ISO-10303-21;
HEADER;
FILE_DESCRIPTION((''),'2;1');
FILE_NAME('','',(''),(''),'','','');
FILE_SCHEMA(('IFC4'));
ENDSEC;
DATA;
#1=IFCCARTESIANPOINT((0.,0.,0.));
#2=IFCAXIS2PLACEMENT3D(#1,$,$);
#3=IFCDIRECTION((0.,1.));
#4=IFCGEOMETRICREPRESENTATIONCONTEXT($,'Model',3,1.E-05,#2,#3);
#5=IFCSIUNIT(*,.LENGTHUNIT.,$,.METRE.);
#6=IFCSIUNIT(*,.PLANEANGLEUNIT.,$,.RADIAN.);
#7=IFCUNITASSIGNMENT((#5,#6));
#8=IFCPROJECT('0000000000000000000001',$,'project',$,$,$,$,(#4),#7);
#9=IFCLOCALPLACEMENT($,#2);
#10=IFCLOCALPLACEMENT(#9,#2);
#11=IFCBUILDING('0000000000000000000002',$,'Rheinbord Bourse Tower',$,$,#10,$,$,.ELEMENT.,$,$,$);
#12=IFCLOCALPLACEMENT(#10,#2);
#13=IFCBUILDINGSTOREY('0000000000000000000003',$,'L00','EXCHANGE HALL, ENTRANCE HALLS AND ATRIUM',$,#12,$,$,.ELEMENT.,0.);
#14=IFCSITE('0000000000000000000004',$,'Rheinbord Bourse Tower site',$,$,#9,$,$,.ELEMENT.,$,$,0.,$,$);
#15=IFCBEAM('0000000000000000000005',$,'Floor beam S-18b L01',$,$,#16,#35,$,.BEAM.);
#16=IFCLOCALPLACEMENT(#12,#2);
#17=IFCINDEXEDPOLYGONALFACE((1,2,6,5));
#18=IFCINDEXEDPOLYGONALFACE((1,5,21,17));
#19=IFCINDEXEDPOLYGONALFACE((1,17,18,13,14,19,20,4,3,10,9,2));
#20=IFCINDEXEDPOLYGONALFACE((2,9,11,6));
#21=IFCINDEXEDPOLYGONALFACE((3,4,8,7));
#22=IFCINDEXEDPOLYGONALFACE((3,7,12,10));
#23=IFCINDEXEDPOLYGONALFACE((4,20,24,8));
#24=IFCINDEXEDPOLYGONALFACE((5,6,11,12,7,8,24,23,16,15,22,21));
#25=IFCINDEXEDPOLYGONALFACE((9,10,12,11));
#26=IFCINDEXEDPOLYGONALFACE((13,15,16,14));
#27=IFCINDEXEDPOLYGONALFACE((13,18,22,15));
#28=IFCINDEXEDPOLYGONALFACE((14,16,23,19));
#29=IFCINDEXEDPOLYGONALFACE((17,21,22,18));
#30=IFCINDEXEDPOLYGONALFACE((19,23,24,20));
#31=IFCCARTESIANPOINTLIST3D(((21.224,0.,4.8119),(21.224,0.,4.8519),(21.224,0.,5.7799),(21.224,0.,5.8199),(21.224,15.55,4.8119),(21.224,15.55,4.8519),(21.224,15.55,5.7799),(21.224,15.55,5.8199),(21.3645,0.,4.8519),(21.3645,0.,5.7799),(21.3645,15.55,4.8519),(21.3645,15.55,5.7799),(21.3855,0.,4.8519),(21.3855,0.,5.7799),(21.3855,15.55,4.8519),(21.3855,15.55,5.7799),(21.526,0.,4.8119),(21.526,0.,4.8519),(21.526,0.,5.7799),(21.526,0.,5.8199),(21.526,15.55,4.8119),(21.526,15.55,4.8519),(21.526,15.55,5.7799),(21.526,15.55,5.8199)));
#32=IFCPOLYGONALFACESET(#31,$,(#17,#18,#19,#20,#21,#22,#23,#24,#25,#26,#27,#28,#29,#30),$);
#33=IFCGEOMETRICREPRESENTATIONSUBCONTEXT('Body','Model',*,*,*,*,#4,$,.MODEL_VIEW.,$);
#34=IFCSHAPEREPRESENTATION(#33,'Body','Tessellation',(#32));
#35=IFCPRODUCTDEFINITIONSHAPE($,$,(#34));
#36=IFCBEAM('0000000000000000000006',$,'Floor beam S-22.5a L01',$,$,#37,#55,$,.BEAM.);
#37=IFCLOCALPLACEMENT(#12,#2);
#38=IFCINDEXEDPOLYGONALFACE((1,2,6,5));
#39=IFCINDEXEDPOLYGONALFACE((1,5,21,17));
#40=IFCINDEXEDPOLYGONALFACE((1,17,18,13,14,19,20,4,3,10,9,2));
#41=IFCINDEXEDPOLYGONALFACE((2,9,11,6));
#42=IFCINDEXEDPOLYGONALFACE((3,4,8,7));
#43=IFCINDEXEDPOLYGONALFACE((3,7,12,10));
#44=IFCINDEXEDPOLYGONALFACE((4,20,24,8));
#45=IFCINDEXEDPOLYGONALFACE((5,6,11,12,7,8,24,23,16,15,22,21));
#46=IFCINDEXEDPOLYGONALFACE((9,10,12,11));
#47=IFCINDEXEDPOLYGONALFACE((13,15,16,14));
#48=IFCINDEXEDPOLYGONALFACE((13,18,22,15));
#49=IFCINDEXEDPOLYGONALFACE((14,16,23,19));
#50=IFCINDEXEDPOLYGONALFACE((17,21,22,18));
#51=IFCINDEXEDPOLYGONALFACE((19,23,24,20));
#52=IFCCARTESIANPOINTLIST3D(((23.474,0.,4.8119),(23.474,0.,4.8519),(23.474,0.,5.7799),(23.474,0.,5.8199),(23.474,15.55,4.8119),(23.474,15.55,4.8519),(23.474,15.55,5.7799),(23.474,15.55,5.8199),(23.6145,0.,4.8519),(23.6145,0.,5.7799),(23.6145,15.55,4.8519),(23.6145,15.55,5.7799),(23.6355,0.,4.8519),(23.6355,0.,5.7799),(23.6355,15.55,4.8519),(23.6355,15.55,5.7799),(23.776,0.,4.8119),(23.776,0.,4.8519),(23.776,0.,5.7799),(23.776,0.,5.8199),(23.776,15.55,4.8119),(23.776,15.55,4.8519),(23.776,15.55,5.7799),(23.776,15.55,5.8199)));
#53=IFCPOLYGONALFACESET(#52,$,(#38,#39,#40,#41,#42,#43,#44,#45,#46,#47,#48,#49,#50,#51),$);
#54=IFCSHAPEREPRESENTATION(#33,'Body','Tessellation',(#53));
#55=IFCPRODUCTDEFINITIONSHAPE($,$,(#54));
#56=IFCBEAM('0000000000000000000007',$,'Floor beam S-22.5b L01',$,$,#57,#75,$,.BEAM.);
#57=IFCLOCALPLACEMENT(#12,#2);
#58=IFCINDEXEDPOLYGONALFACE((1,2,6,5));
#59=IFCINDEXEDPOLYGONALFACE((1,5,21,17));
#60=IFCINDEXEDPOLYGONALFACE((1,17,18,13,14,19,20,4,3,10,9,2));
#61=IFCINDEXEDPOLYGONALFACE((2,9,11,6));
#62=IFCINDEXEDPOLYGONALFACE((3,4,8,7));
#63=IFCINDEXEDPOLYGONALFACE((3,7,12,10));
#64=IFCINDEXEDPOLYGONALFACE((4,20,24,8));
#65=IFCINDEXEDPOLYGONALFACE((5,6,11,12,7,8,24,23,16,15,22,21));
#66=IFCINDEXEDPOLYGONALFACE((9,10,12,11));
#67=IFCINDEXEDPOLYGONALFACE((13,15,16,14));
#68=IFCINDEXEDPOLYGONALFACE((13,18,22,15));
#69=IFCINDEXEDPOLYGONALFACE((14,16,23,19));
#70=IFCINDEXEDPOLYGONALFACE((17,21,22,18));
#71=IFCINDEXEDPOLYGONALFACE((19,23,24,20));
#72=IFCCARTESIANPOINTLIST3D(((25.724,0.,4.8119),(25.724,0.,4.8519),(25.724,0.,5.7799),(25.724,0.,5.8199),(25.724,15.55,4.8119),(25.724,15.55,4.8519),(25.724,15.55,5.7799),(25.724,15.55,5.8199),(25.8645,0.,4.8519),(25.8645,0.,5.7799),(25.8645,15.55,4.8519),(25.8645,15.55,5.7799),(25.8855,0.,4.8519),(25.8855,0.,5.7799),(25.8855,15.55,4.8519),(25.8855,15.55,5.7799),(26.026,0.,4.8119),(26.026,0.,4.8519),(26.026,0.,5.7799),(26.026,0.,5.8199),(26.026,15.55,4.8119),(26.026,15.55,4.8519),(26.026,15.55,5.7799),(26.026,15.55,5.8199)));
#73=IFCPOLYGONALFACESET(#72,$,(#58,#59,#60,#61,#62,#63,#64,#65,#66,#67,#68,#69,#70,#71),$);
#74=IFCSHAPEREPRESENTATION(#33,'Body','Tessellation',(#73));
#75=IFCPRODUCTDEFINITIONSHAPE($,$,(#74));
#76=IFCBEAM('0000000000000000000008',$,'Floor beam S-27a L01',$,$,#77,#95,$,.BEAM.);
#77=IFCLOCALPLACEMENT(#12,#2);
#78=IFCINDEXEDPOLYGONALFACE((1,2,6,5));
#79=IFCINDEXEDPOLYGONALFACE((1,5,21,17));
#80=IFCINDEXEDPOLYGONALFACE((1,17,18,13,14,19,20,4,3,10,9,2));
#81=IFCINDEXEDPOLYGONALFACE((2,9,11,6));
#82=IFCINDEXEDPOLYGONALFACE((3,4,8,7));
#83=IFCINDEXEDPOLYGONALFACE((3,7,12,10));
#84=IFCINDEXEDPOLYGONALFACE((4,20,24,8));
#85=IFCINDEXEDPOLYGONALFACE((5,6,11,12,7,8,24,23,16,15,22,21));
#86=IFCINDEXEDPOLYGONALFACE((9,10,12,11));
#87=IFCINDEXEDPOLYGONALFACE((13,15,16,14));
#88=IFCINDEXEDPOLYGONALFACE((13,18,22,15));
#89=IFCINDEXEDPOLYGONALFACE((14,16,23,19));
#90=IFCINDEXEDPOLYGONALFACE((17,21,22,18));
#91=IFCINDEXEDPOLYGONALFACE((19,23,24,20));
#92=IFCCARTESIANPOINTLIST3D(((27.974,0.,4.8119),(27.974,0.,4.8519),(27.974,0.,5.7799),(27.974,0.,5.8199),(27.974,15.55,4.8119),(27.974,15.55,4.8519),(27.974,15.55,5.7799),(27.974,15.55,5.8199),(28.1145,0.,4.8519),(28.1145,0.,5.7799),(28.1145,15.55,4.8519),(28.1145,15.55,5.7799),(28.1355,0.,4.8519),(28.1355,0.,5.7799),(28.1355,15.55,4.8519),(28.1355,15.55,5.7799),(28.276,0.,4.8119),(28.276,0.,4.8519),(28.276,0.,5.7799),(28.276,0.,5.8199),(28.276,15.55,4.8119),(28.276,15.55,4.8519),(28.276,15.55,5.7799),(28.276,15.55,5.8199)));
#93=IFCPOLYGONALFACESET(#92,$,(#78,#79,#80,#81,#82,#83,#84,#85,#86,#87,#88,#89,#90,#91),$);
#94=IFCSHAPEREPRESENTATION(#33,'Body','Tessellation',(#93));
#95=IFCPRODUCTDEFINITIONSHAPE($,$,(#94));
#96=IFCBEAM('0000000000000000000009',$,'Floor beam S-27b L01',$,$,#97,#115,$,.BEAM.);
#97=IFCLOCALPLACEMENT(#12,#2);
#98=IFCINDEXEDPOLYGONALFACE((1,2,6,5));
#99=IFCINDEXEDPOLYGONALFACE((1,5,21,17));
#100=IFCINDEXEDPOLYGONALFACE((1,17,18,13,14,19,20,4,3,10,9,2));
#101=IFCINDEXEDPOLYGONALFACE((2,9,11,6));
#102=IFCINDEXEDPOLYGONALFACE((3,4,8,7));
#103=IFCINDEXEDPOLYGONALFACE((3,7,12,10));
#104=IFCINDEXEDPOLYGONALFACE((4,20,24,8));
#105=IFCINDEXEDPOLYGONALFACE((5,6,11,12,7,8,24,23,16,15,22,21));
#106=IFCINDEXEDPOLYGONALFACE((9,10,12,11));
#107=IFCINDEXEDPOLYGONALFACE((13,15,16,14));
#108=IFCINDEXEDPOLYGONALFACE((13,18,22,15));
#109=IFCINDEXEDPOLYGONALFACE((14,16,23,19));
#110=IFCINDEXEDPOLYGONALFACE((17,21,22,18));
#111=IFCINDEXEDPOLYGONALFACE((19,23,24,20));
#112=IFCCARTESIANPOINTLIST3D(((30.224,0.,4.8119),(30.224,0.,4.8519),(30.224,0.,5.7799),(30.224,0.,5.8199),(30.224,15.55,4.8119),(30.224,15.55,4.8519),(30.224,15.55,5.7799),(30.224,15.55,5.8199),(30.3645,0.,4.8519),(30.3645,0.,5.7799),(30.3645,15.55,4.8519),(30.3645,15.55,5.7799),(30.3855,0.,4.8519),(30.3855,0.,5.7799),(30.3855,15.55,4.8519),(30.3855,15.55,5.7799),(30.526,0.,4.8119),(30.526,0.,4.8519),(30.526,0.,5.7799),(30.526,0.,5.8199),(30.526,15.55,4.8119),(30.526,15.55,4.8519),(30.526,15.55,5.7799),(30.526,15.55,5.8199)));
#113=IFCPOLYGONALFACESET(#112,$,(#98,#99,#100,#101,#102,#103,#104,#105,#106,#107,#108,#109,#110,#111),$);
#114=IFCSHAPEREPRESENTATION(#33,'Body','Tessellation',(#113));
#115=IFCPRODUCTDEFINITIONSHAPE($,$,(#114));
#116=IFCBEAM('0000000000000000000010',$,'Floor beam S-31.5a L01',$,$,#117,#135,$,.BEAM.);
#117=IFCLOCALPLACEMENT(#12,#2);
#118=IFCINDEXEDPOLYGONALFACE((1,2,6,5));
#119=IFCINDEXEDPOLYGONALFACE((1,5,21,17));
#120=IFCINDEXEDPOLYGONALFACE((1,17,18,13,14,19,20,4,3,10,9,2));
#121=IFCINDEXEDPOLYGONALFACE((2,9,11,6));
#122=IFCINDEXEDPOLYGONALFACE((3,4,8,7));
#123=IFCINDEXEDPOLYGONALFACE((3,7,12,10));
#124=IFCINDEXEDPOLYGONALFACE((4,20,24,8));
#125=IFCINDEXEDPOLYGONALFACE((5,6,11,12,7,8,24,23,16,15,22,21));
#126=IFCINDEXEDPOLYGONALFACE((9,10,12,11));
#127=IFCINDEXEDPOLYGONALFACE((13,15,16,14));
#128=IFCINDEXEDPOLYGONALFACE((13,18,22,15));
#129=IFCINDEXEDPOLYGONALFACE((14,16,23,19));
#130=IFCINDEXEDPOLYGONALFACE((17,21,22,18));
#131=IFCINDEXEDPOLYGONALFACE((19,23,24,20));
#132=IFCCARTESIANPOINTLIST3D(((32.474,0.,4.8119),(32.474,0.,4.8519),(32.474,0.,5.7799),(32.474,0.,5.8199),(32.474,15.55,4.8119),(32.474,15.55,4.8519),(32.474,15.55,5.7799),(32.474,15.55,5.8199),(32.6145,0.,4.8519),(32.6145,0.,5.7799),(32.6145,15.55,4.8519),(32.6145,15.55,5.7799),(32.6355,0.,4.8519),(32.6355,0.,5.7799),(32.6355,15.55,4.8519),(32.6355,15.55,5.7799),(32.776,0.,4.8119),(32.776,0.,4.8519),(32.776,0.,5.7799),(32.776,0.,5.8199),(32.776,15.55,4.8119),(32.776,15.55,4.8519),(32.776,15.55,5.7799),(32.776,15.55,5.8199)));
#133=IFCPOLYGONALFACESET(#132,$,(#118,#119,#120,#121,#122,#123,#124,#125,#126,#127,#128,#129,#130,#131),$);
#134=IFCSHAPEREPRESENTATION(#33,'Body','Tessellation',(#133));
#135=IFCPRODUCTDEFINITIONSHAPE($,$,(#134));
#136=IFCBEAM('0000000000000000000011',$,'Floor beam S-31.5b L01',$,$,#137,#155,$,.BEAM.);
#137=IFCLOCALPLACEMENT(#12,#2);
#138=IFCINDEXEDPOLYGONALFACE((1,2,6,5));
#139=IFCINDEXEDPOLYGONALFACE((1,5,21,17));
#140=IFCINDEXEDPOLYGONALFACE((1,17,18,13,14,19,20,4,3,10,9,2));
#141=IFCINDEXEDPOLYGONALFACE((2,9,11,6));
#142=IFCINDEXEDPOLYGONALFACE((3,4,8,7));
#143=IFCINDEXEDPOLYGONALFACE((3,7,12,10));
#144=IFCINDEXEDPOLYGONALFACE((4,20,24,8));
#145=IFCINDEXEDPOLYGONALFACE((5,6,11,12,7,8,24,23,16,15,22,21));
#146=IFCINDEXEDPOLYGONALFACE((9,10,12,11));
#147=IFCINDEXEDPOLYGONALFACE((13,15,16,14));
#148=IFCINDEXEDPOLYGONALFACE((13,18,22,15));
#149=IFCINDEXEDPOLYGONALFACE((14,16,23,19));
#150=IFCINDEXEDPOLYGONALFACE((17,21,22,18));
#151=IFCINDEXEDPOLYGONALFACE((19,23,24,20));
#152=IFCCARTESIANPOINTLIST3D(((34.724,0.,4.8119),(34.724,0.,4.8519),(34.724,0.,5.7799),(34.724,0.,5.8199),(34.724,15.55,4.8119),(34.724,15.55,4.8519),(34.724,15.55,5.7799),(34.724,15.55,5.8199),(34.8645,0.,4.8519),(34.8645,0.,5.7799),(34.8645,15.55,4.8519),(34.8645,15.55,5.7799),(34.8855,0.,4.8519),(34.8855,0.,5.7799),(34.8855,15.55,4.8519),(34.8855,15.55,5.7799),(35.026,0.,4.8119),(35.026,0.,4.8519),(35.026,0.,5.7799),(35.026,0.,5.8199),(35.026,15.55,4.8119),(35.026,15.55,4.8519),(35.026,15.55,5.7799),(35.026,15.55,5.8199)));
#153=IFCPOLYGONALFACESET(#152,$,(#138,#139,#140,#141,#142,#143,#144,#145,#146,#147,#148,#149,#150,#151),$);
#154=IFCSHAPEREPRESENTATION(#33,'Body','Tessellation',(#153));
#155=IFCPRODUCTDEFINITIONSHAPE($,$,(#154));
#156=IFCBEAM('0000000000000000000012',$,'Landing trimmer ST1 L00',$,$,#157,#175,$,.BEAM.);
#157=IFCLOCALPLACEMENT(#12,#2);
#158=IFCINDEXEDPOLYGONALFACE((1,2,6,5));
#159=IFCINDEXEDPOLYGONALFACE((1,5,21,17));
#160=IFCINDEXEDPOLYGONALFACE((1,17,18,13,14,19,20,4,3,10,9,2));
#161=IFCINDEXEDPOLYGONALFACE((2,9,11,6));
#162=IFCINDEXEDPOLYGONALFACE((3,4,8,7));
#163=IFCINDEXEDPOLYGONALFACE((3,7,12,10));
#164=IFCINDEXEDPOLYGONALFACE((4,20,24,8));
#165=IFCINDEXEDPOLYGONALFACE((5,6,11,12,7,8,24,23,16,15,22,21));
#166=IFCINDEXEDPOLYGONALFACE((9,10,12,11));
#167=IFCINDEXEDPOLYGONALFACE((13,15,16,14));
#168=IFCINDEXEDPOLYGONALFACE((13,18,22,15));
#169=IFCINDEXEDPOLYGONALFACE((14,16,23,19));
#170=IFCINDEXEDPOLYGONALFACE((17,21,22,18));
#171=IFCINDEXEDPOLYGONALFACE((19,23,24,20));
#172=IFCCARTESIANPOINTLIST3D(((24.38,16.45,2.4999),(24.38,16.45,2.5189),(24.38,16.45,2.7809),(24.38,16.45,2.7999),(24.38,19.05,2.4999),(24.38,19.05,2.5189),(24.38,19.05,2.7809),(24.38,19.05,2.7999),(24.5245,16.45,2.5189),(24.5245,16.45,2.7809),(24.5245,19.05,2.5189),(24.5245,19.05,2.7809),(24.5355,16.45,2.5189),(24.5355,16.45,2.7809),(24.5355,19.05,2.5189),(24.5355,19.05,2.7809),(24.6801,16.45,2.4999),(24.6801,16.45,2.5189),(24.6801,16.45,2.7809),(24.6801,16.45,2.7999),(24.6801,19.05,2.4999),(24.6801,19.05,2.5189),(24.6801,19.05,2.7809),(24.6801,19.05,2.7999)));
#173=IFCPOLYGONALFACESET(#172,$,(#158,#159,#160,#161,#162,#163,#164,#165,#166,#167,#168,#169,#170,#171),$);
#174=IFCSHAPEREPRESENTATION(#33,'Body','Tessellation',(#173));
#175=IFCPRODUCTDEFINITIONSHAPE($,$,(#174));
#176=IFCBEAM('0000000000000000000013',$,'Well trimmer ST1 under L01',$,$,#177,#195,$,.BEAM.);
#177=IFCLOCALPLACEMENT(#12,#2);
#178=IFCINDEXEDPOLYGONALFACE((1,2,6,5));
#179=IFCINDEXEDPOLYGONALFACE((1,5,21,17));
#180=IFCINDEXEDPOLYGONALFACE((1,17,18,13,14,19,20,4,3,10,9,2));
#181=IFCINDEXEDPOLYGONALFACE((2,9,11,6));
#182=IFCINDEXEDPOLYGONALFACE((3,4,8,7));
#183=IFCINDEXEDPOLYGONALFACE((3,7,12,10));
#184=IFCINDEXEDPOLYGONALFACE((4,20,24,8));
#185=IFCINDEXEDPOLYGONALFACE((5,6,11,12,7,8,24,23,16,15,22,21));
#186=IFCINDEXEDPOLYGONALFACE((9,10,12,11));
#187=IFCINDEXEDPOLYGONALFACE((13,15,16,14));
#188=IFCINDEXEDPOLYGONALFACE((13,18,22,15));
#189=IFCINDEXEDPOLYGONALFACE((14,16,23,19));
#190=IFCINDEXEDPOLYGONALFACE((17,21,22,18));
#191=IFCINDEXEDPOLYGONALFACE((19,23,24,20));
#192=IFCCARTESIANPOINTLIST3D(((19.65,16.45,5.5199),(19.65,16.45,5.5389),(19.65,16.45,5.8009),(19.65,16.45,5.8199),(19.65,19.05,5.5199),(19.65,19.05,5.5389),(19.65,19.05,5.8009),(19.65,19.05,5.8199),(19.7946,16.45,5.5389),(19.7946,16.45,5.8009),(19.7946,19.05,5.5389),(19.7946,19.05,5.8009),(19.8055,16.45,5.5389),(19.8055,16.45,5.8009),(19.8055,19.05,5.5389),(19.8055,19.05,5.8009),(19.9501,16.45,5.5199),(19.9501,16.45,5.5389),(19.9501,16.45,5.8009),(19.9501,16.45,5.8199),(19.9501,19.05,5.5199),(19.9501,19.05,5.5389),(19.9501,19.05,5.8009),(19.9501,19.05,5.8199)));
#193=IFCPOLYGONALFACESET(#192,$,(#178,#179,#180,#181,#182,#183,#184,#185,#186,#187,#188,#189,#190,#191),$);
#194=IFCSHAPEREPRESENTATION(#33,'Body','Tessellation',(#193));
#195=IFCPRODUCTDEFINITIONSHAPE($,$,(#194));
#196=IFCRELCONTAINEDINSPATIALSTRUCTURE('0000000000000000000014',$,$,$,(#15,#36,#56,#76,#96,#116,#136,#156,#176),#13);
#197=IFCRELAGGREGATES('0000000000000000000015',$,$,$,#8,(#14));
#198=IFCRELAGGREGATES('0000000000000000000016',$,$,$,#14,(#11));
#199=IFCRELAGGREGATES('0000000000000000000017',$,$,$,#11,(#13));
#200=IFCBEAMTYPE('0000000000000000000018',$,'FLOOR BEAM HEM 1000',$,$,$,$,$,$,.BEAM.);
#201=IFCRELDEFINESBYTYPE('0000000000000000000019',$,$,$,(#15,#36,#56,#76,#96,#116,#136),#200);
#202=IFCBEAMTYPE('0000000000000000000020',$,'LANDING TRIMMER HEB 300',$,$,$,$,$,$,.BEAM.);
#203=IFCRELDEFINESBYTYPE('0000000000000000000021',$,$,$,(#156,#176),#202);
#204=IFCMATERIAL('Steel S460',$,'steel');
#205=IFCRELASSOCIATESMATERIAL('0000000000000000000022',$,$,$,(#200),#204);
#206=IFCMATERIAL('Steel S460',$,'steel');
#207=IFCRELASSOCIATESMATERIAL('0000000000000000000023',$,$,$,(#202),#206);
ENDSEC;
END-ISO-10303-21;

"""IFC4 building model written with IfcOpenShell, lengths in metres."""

from ifc_helpers import new_model, si_unit, direction, frame, origin, origin_2d, place, context, subcontext, project, spatial, i_section, extrude, material, material_profile, profile_set, type_object, element, save


model = new_model("IFC4")

# Units and contexts
model_context = context("Model", 3, precision=1e-05, world=origin(), true_north=direction((0.0, 1.0)))
body_context = subcontext(model_context, "Body", "Model", "MODEL_VIEW")
ifc_project = project(units=[si_unit("LENGTHUNIT", "METRE"), si_unit("PLANEANGLEUNIT", "RADIAN")], contexts=[model_context])

# Site, building, storey
site_placement = place(None, origin())
site = spatial("IfcSite", under=ifc_project, at=site_placement, Name="Rheinbord Bourse Tower site", CompositionType="ELEMENT", RefElevation=0.0)
building_placement = place(site_placement, origin())
building = spatial("IfcBuilding", under=site, at=building_placement, Name="Rheinbord Bourse Tower", CompositionType="ELEMENT")
storey_placement = place(building_placement, origin())
storey = spatial("IfcBuildingStorey", under=building, at=storey_placement, Name="L00", Description="EXCHANGE HALL, ENTRANCE HALLS AND ATRIUM", CompositionType="ELEMENT", Elevation=0.0)

# Beams
ifc_material_1 = material(Name="Steel S460", Category="steel")
ifc_material_profile_1 = material_profile(ifc_material_1, i_section(OverallWidth=0.302, OverallDepth=1.0081, WebThickness=0.021, FlangeThickness=0.04, at=origin_2d()), Name="HEM 1000")
ifc_profile_set_1 = profile_set([ifc_material_profile_1], Name="Steel S460")
beam_type_1 = type_object("IfcBeamType", Name="FLOOR BEAM HEM 1000", PredefinedType="BEAM", material=ifc_profile_set_1)
for number, where, z_axis, x_axis, name in (
    (1, (21.375, 0.0, 5.3159), (0.0, 1.0, 0.0), (-1.0, 0.0, 0.0), "Floor beam S-18b L01"),
    (2, (23.625, 0.0, 5.3159), (0.0, 1.0, 0.0), (-1.0, 0.0, 0.0), "Floor beam S-22.5a L01"),
    (3, (25.875, 0.0, 5.3159), (0.0, 1.0, 0.0), (-1.0, 0.0, 0.0), "Floor beam S-22.5b L01"),
    (4, (28.125, 0.0, 5.3159), (0.0, 1.0, 0.0), (-1.0, 0.0, 0.0), "Floor beam S-27a L01"),
    (5, (30.375, 0.0, 5.3159), (0.0, 1.0, 0.0), (-1.0, 0.0, 0.0), "Floor beam S-27b L01"),
    (6, (32.625, 0.0, 5.3159), (0.0, 1.0, 0.0), (-1.0, 0.0, 0.0), "Floor beam S-31.5a L01"),
    (7, (34.875, 0.0, 5.3159), (0.0, 1.0, 0.0), (-1.0, 0.0, 0.0), "Floor beam S-31.5b L01"),
):
    element("IfcBeam", number, at=place(storey_placement, frame(where, z_axis=z_axis, x_axis=x_axis)), inside=storey, type_object=beam_type_1, Name=name, PredefinedType="BEAM", context=body_context, shape_type="SweptSolid", body=[
        extrude(i_section(OverallWidth=0.302, OverallDepth=1.0081, WebThickness=0.021, FlangeThickness=0.04, at=origin_2d()), origin(), (0.0, 0.0, 1.0), 15.55),
    ])
ifc_material_2 = material(Name="Steel S460", Category="steel")
ifc_material_profile_2 = material_profile(ifc_material_2, i_section(OverallWidth=0.3, OverallDepth=0.3, WebThickness=0.011, FlangeThickness=0.019, at=origin_2d()), Name="HEB 300")
ifc_profile_set_2 = profile_set([ifc_material_profile_2], Name="Steel S460")
beam_type_2 = type_object("IfcBeamType", Name="LANDING TRIMMER HEB 300", PredefinedType="BEAM", material=ifc_profile_set_2)
for number, where, z_axis, x_axis, name in (
    (8, (24.53, 16.45, 2.6499), (0.0, 1.0, 0.0), (-1.0, 0.0, 0.0), "Landing trimmer ST1 L00"),
    (9, (19.8, 16.45, 5.6699), (0.0, 1.0, 0.0), (-1.0, 0.0, 0.0), "Well trimmer ST1 under L01"),
):
    element("IfcBeam", number, at=place(storey_placement, frame(where, z_axis=z_axis, x_axis=x_axis)), inside=storey, type_object=beam_type_2, Name=name, PredefinedType="BEAM", context=body_context, shape_type="SweptSolid", body=[
        extrude(i_section(OverallWidth=0.3, OverallDepth=0.3, WebThickness=0.011, FlangeThickness=0.019, at=origin_2d()), origin(), (0.0, 0.0, 1.0), 2.6001),
    ])

save(model, "model.ifc")
